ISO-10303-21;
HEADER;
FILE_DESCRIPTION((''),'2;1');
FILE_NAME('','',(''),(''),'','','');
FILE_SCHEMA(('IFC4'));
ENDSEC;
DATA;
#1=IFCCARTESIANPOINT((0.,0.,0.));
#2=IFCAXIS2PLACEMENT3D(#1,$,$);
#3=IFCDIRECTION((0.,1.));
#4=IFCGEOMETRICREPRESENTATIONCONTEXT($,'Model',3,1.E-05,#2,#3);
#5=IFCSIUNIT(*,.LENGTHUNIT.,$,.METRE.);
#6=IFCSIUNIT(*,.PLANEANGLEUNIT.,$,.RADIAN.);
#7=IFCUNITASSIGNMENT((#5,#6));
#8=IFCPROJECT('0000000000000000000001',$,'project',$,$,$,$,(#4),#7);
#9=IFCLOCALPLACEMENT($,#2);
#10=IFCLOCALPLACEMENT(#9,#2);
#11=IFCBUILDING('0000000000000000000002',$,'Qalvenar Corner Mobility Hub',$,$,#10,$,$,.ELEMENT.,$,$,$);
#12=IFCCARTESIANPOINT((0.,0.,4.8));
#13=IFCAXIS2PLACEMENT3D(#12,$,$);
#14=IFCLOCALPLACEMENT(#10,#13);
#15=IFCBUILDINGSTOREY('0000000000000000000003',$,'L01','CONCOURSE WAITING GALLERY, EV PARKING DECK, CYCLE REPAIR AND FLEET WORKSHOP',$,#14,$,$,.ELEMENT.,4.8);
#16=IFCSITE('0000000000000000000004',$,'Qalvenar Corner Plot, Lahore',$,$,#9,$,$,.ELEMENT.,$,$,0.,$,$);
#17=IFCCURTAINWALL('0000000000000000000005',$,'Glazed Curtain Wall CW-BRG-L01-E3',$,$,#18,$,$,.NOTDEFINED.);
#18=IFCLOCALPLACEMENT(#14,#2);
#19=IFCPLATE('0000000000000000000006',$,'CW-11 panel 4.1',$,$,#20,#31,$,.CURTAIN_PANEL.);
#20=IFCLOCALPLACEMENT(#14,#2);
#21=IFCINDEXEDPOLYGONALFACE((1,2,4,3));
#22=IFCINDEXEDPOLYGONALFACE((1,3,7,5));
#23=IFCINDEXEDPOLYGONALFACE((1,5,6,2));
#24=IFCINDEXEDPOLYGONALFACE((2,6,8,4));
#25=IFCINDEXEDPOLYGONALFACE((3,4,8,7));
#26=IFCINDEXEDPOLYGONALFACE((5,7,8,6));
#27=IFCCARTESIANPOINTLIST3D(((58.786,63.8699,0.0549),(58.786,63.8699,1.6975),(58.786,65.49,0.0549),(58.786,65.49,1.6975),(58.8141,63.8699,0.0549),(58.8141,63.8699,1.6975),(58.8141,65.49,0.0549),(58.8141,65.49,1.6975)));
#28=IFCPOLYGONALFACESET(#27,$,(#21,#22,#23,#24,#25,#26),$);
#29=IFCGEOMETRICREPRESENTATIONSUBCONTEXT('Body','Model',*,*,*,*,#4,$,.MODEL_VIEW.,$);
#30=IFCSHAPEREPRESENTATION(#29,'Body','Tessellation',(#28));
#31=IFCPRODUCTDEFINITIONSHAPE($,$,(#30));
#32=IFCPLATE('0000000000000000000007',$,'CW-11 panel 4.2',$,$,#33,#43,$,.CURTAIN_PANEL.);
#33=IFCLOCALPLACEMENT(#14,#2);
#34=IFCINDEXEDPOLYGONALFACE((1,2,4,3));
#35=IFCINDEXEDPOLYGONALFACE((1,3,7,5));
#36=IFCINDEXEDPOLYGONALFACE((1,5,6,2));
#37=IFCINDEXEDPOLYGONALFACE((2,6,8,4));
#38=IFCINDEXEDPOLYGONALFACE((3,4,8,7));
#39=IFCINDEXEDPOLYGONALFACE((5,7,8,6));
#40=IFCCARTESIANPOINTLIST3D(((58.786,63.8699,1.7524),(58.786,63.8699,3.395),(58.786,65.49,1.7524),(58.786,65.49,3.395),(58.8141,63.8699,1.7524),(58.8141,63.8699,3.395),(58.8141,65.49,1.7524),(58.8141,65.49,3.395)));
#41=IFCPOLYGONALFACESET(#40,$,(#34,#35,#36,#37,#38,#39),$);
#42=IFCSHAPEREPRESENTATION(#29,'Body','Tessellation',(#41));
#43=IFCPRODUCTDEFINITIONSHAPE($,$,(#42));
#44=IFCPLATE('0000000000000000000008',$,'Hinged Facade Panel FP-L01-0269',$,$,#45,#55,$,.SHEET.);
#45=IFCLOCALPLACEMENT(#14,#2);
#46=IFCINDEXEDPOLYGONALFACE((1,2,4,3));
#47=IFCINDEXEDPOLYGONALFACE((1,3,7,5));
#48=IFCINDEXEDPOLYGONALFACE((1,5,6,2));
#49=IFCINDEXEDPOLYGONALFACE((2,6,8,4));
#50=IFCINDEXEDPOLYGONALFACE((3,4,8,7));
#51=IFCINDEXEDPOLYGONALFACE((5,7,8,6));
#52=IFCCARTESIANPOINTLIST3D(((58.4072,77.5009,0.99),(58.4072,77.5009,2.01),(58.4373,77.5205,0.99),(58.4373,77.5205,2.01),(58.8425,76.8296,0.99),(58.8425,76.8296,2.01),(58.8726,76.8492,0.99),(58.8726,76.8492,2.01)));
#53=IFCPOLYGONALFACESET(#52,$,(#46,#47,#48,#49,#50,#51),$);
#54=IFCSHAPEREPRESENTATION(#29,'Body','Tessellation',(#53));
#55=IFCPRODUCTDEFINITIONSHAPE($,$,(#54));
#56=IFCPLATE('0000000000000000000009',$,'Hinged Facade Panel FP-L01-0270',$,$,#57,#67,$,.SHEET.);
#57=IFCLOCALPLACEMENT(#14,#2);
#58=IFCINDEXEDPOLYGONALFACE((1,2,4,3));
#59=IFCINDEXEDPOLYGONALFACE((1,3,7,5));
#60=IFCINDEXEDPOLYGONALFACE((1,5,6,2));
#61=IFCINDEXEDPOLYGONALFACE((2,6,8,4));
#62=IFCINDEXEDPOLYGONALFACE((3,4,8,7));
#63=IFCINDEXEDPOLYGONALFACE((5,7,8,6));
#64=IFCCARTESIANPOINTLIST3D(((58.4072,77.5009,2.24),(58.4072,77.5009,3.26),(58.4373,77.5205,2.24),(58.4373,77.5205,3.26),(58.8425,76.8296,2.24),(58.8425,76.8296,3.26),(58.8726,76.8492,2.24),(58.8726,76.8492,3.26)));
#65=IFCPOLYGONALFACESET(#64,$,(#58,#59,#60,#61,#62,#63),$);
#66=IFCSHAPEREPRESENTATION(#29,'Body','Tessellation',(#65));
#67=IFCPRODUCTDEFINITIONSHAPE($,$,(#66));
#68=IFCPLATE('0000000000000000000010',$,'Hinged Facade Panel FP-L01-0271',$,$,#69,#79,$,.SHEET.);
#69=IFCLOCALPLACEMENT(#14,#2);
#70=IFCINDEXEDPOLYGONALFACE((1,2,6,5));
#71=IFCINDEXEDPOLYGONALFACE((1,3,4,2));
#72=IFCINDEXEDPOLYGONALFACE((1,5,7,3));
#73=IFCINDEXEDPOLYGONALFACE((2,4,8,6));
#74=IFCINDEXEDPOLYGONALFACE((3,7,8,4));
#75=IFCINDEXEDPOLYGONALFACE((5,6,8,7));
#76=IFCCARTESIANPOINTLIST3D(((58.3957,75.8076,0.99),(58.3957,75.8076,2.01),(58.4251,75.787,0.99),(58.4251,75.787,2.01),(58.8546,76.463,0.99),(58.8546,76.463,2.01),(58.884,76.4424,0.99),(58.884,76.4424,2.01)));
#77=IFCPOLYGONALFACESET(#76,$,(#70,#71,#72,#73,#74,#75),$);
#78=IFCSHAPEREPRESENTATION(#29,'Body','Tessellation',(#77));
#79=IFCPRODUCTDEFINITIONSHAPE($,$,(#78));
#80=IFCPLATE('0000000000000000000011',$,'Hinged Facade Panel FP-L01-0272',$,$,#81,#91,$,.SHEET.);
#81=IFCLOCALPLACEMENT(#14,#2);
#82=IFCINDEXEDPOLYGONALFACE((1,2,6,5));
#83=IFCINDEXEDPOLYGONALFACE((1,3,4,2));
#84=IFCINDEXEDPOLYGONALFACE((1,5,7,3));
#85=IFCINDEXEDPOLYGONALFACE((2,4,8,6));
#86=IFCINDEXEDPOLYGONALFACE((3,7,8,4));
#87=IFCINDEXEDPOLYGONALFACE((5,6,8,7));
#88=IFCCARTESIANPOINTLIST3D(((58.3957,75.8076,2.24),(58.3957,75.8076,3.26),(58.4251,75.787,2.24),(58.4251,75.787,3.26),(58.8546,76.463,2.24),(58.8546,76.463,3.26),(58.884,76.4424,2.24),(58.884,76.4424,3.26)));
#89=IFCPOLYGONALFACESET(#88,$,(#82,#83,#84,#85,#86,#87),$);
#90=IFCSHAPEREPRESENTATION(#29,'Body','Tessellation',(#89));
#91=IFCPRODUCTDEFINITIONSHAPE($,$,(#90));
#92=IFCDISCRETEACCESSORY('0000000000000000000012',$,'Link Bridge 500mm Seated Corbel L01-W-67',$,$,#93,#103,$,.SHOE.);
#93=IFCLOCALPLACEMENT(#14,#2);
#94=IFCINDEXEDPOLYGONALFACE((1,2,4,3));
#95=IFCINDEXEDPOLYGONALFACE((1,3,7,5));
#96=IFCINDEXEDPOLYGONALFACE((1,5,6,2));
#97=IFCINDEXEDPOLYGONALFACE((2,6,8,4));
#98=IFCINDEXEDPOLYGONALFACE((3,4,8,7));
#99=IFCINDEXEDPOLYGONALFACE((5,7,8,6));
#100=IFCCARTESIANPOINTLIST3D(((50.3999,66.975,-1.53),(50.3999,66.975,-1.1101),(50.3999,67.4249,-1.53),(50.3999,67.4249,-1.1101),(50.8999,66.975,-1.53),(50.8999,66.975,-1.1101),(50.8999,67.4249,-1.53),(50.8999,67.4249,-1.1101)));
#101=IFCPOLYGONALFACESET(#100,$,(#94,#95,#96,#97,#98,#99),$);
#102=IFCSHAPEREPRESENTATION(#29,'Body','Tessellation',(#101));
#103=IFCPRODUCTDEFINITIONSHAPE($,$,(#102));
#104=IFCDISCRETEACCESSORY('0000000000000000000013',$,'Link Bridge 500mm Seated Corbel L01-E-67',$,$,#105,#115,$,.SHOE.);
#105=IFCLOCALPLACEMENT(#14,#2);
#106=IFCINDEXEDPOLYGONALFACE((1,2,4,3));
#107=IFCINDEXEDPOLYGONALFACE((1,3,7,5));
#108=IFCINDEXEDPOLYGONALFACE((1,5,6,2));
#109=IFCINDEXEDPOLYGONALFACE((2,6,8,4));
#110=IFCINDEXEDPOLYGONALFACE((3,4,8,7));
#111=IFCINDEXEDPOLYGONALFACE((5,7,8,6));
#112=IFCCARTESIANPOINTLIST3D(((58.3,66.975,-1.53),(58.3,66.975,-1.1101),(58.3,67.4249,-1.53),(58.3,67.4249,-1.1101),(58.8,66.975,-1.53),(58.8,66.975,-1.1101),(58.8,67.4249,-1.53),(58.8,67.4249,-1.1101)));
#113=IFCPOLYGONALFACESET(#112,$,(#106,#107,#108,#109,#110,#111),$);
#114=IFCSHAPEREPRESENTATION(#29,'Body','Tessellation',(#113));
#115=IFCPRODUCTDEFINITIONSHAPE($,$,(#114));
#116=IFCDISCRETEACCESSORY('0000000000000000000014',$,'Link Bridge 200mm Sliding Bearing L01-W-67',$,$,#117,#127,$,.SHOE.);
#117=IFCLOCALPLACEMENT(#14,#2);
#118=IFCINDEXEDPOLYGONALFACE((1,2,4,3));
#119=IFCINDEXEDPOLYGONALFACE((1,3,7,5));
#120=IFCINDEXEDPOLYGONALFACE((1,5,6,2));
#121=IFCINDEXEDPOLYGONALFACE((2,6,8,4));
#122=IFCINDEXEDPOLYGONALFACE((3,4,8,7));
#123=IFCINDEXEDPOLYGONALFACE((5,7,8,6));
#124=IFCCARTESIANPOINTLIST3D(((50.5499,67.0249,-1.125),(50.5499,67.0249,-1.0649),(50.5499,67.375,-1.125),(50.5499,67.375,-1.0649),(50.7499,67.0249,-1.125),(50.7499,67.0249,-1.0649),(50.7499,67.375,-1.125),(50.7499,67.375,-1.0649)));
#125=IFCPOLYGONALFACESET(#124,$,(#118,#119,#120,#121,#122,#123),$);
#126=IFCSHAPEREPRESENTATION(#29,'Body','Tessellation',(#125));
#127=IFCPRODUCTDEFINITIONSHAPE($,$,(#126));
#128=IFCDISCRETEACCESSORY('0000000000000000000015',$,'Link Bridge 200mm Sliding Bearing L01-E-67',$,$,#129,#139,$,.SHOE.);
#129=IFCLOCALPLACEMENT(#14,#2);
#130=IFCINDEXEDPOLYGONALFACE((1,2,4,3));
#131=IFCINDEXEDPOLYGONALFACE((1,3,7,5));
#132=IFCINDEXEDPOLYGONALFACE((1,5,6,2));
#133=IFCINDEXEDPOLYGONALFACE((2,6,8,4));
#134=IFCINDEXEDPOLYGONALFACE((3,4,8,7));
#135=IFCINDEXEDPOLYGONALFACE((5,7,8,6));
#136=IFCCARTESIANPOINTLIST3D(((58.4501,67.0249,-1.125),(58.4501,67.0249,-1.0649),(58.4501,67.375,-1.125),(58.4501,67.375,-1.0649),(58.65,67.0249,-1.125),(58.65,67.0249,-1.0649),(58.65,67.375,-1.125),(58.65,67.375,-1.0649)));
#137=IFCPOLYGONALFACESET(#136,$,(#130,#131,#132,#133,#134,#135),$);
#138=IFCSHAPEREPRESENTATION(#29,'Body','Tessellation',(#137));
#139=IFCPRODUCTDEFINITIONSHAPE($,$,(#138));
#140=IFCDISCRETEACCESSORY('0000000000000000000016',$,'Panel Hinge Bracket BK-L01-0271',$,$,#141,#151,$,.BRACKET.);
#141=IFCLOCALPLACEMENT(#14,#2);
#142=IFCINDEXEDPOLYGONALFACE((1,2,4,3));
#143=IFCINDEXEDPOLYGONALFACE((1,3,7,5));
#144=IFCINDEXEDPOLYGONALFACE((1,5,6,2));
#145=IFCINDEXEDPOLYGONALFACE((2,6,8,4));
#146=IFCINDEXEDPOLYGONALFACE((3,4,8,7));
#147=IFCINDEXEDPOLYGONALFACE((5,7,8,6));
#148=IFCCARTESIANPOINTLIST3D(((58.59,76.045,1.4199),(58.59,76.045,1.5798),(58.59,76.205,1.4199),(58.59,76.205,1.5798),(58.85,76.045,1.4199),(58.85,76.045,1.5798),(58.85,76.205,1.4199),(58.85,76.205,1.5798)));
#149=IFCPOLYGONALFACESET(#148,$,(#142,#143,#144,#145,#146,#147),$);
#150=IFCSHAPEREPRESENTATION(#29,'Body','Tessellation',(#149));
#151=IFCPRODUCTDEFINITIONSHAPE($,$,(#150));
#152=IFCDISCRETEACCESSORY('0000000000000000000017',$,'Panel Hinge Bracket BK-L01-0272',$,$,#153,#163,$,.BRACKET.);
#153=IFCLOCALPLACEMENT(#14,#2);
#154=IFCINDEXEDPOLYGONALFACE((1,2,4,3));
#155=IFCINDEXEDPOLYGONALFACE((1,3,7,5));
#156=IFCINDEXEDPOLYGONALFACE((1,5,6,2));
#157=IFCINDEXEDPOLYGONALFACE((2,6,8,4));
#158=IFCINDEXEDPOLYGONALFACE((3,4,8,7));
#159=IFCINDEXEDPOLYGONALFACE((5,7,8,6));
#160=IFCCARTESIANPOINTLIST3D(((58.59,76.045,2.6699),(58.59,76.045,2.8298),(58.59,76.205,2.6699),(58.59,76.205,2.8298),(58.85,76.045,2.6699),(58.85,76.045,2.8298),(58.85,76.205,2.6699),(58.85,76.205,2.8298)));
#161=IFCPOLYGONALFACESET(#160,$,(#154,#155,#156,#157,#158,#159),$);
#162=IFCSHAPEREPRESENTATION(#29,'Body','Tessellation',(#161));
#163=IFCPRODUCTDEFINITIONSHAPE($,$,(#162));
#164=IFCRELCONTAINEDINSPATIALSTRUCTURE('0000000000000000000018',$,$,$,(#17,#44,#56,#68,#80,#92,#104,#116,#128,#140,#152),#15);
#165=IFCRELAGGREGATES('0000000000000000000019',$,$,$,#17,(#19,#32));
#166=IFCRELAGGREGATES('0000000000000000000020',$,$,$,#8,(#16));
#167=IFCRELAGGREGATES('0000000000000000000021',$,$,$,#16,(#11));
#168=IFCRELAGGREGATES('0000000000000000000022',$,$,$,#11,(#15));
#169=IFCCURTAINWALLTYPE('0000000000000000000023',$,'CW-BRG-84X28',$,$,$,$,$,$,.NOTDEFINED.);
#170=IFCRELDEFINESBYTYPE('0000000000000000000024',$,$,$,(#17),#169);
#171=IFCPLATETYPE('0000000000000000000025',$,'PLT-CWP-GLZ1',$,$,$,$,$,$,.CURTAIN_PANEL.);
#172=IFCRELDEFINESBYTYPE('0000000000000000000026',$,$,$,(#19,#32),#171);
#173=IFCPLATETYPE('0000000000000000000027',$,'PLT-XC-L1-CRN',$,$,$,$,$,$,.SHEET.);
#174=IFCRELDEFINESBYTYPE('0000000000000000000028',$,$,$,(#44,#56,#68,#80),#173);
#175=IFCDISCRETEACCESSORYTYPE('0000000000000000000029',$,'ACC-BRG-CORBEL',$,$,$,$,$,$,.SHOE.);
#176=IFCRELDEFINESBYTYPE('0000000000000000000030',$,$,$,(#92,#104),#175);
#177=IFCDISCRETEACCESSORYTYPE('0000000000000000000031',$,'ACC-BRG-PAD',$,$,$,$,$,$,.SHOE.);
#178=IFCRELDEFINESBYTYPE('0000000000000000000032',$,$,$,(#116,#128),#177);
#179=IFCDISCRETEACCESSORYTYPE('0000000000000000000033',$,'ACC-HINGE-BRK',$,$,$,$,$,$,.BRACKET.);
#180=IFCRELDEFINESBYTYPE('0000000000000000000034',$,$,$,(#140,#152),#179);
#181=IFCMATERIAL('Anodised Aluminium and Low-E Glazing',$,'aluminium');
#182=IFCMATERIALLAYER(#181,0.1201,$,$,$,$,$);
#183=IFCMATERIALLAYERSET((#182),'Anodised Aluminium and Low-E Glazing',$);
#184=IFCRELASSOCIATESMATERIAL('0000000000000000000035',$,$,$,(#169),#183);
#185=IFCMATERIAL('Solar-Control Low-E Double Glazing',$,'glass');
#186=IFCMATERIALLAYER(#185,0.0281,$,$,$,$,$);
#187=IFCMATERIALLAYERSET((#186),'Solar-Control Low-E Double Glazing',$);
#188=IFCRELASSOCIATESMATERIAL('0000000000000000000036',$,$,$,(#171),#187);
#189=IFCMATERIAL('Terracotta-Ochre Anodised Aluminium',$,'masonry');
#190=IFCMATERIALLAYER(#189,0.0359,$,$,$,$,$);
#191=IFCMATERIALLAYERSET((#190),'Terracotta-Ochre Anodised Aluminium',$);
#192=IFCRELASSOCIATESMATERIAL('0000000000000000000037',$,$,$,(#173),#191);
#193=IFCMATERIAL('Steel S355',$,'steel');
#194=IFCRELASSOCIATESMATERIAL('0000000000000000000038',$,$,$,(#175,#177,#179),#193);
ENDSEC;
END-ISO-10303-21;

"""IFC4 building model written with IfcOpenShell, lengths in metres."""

from ifc_helpers import new_model, si_unit, direction, frame, origin, origin_2d, place, context, subcontext, project, spatial, rectangle, extrude, material, layer, layer_set, type_object, element, aggregate, save


model = new_model("IFC4")

# Units and contexts
model_context = context("Model", 3, precision=1e-05, world=origin(), true_north=direction((0.0, 1.0)))
body_context = subcontext(model_context, "Body", "Model", "MODEL_VIEW")
ifc_project = project(units=[si_unit("LENGTHUNIT", "METRE"), si_unit("PLANEANGLEUNIT", "RADIAN")], contexts=[model_context])

# Site, building, storey
site_placement = place(None, origin())
site = spatial("IfcSite", under=ifc_project, at=site_placement, Name="Qalvenar Corner Plot, Lahore", CompositionType="ELEMENT", RefElevation=0.0)
building_placement = place(site_placement, origin())
building = spatial("IfcBuilding", under=site, at=building_placement, Name="Qalvenar Corner Mobility Hub", CompositionType="ELEMENT")
storey_placement = place(building_placement, frame((0.0, 0.0, 4.8)))
storey = spatial("IfcBuildingStorey", under=building, at=storey_placement, Name="L01", Description="CONCOURSE WAITING GALLERY, EV PARKING DECK, CYCLE REPAIR AND FLEET WORKSHOP", CompositionType="ELEMENT", Elevation=4.8)

# Shared definitions
ifc_material_1 = material(Name="Steel S355", Category="steel")

# Shared definitions
ifc_material_2 = material(Name="Anodised Aluminium and Low-E Glazing", Category="aluminium")
ifc_layer_1 = layer(ifc_material_2, 0.1201)
ifc_layer_set_1 = layer_set([ifc_layer_1], Name="Anodised Aluminium and Low-E Glazing")
curtain_wall_type = type_object("IfcCurtainWallType", Name="CW-BRG-84X28", PredefinedType="NOTDEFINED", material=ifc_layer_set_1)

# Curtain wall
curtain_wall_1_placement = place(storey_placement, origin())
curtain_wall_1 = element("IfcCurtainWall", 1, at=curtain_wall_1_placement, inside=storey, type_object=curtain_wall_type, Name="Glazed Curtain Wall CW-BRG-L01-E3", PredefinedType="NOTDEFINED")

# Plates
ifc_material_3 = material(Name="Solar-Control Low-E Double Glazing", Category="glass")
ifc_layer_2 = layer(ifc_material_3, 0.0281)
ifc_layer_set_2 = layer_set([ifc_layer_2], Name="Solar-Control Low-E Double Glazing")
plate_type_1 = type_object("IfcPlateType", Name="PLT-CWP-GLZ1", PredefinedType="CURTAIN_PANEL", material=ifc_layer_set_2)
plate_1_placement = place(storey_placement, frame((58.8, 64.6799, 0.0549), z_axis=(0.0, 0.0, 1.0), x_axis=(0.0, 1.0, 0.0)))
plate_1 = element("IfcPlate", 2, at=plate_1_placement, type_object=plate_type_1, Name="CW-11 panel 4.1", PredefinedType="CURTAIN_PANEL", context=body_context, shape_type="SweptSolid", body=[
    extrude(rectangle(XDim=1.6201, YDim=0.0281, at=origin_2d()), origin(), (0.0, 0.0, 1.0), 1.6426),
])
plate_2_placement = place(storey_placement, frame((58.8, 64.6799, 1.7524), z_axis=(0.0, 0.0, 1.0), x_axis=(0.0, 1.0, 0.0)))
plate_2 = element("IfcPlate", 3, at=plate_2_placement, type_object=plate_type_1, Name="CW-11 panel 4.2", PredefinedType="CURTAIN_PANEL", context=body_context, shape_type="SweptSolid", body=[
    extrude(rectangle(XDim=1.6201, YDim=0.0281, at=origin_2d()), origin(), (0.0, 0.0, 1.0), 1.6426),
])
aggregate(curtain_wall_1, [plate_1, plate_2])

# Plates
ifc_material_4 = material(Name="Terracotta-Ochre Anodised Aluminium", Category="masonry")
ifc_layer_3 = layer(ifc_material_4, 0.0359)
ifc_layer_set_3 = layer_set([ifc_layer_3], Name="Terracotta-Ochre Anodised Aluminium")
plate_type_2 = type_object("IfcPlateType", Name="PLT-XC-L1-CRN", PredefinedType="SHEET", material=ifc_layer_set_3)
for number, where, z_axis, x_axis, name in (
    (4, (58.6399, 77.175, 0.99), (0.0, 0.0, 1.0), (0.544053, -0.839051, 0.0), "Hinged Facade Panel FP-L01-0269"),
    (5, (58.6399, 77.175, 2.24), (0.0, 0.0, 1.0), (0.544053, -0.839051, 0.0), "Hinged Facade Panel FP-L01-0270"),
    (6, (58.6399, 76.125, 0.99), (0.0, 0.0, 1.0), (-0.573576, -0.819152, 0.0), "Hinged Facade Panel FP-L01-0271"),
    (7, (58.6399, 76.125, 2.24), (0.0, 0.0, 1.0), (-0.573576, -0.819152, 0.0), "Hinged Facade Panel FP-L01-0272"),
):
    element("IfcPlate", number, at=place(storey_placement, frame(where, z_axis=z_axis, x_axis=x_axis)), inside=storey, type_object=plate_type_2, Name=name, PredefinedType="SHEET", context=body_context, shape_type="SweptSolid", body=[
        extrude(rectangle(XDim=0.8, YDim=0.0359, at=origin_2d()), origin(), (0.0, 0.0, 1.0), 1.02),
    ])

# Discrete accessories
discrete_accessory_type_1 = type_object("IfcDiscreteAccessoryType", Name="ACC-BRG-CORBEL", PredefinedType="SHOE", material=ifc_material_1)
for number, where, z_axis, x_axis, name in (
    (8, (50.6499, 67.2, -1.53), (0.0, 0.0, 1.0), (1.0, 0.0, 0.0), "Link Bridge 500mm Seated Corbel L01-W-67"),
    (9, (58.55, 67.2, -1.53), (0.0, 0.0, 1.0), (1.0, 0.0, 0.0), "Link Bridge 500mm Seated Corbel L01-E-67"),
):
    element("IfcDiscreteAccessory", number, at=place(storey_placement, frame(where, z_axis=z_axis, x_axis=x_axis)), inside=storey, type_object=discrete_accessory_type_1, Name=name, PredefinedType="SHOE", context=body_context, shape_type="SweptSolid", body=[
        extrude(rectangle(XDim=0.5, YDim=0.45, at=origin_2d()), origin(), (0.0, 0.0, 1.0), 0.4199),
    ])
discrete_accessory_type_2 = type_object("IfcDiscreteAccessoryType", Name="ACC-BRG-PAD", PredefinedType="SHOE", material=ifc_material_1)
for number, where, z_axis, x_axis, name in (
    (10, (50.6499, 67.2, -1.125), (0.0, 0.0, 1.0), (1.0, 0.0, 0.0), "Link Bridge 200mm Sliding Bearing L01-W-67"),
    (11, (58.55, 67.2, -1.125), (0.0, 0.0, 1.0), (1.0, 0.0, 0.0), "Link Bridge 200mm Sliding Bearing L01-E-67"),
):
    element("IfcDiscreteAccessory", number, at=place(storey_placement, frame(where, z_axis=z_axis, x_axis=x_axis)), inside=storey, type_object=discrete_accessory_type_2, Name=name, PredefinedType="SHOE", context=body_context, shape_type="SweptSolid", body=[
        extrude(rectangle(XDim=0.2, YDim=0.3501, at=origin_2d()), origin(), (0.0, 0.0, 1.0), 0.0601),
    ])
discrete_accessory_type_3 = type_object("IfcDiscreteAccessoryType", Name="ACC-HINGE-BRK", PredefinedType="BRACKET", material=ifc_material_1)
for number, where, z_axis, x_axis, name in (
    (12, (58.72, 76.125, 1.4199), (0.0, 0.0, 1.0), (0.0, -1.0, 0.0), "Panel Hinge Bracket BK-L01-0271"),
    (13, (58.72, 76.125, 2.6699), (0.0, 0.0, 1.0), (0.0, -1.0, 0.0), "Panel Hinge Bracket BK-L01-0272"),
):
    element("IfcDiscreteAccessory", number, at=place(storey_placement, frame(where, z_axis=z_axis, x_axis=x_axis)), inside=storey, type_object=discrete_accessory_type_3, Name=name, PredefinedType="BRACKET", context=body_context, shape_type="SweptSolid", body=[
        extrude(rectangle(XDim=0.1599, YDim=0.26, at=origin_2d()), origin(), (0.0, 0.0, 1.0), 0.1599),
    ])

save(model, "model.ifc")
